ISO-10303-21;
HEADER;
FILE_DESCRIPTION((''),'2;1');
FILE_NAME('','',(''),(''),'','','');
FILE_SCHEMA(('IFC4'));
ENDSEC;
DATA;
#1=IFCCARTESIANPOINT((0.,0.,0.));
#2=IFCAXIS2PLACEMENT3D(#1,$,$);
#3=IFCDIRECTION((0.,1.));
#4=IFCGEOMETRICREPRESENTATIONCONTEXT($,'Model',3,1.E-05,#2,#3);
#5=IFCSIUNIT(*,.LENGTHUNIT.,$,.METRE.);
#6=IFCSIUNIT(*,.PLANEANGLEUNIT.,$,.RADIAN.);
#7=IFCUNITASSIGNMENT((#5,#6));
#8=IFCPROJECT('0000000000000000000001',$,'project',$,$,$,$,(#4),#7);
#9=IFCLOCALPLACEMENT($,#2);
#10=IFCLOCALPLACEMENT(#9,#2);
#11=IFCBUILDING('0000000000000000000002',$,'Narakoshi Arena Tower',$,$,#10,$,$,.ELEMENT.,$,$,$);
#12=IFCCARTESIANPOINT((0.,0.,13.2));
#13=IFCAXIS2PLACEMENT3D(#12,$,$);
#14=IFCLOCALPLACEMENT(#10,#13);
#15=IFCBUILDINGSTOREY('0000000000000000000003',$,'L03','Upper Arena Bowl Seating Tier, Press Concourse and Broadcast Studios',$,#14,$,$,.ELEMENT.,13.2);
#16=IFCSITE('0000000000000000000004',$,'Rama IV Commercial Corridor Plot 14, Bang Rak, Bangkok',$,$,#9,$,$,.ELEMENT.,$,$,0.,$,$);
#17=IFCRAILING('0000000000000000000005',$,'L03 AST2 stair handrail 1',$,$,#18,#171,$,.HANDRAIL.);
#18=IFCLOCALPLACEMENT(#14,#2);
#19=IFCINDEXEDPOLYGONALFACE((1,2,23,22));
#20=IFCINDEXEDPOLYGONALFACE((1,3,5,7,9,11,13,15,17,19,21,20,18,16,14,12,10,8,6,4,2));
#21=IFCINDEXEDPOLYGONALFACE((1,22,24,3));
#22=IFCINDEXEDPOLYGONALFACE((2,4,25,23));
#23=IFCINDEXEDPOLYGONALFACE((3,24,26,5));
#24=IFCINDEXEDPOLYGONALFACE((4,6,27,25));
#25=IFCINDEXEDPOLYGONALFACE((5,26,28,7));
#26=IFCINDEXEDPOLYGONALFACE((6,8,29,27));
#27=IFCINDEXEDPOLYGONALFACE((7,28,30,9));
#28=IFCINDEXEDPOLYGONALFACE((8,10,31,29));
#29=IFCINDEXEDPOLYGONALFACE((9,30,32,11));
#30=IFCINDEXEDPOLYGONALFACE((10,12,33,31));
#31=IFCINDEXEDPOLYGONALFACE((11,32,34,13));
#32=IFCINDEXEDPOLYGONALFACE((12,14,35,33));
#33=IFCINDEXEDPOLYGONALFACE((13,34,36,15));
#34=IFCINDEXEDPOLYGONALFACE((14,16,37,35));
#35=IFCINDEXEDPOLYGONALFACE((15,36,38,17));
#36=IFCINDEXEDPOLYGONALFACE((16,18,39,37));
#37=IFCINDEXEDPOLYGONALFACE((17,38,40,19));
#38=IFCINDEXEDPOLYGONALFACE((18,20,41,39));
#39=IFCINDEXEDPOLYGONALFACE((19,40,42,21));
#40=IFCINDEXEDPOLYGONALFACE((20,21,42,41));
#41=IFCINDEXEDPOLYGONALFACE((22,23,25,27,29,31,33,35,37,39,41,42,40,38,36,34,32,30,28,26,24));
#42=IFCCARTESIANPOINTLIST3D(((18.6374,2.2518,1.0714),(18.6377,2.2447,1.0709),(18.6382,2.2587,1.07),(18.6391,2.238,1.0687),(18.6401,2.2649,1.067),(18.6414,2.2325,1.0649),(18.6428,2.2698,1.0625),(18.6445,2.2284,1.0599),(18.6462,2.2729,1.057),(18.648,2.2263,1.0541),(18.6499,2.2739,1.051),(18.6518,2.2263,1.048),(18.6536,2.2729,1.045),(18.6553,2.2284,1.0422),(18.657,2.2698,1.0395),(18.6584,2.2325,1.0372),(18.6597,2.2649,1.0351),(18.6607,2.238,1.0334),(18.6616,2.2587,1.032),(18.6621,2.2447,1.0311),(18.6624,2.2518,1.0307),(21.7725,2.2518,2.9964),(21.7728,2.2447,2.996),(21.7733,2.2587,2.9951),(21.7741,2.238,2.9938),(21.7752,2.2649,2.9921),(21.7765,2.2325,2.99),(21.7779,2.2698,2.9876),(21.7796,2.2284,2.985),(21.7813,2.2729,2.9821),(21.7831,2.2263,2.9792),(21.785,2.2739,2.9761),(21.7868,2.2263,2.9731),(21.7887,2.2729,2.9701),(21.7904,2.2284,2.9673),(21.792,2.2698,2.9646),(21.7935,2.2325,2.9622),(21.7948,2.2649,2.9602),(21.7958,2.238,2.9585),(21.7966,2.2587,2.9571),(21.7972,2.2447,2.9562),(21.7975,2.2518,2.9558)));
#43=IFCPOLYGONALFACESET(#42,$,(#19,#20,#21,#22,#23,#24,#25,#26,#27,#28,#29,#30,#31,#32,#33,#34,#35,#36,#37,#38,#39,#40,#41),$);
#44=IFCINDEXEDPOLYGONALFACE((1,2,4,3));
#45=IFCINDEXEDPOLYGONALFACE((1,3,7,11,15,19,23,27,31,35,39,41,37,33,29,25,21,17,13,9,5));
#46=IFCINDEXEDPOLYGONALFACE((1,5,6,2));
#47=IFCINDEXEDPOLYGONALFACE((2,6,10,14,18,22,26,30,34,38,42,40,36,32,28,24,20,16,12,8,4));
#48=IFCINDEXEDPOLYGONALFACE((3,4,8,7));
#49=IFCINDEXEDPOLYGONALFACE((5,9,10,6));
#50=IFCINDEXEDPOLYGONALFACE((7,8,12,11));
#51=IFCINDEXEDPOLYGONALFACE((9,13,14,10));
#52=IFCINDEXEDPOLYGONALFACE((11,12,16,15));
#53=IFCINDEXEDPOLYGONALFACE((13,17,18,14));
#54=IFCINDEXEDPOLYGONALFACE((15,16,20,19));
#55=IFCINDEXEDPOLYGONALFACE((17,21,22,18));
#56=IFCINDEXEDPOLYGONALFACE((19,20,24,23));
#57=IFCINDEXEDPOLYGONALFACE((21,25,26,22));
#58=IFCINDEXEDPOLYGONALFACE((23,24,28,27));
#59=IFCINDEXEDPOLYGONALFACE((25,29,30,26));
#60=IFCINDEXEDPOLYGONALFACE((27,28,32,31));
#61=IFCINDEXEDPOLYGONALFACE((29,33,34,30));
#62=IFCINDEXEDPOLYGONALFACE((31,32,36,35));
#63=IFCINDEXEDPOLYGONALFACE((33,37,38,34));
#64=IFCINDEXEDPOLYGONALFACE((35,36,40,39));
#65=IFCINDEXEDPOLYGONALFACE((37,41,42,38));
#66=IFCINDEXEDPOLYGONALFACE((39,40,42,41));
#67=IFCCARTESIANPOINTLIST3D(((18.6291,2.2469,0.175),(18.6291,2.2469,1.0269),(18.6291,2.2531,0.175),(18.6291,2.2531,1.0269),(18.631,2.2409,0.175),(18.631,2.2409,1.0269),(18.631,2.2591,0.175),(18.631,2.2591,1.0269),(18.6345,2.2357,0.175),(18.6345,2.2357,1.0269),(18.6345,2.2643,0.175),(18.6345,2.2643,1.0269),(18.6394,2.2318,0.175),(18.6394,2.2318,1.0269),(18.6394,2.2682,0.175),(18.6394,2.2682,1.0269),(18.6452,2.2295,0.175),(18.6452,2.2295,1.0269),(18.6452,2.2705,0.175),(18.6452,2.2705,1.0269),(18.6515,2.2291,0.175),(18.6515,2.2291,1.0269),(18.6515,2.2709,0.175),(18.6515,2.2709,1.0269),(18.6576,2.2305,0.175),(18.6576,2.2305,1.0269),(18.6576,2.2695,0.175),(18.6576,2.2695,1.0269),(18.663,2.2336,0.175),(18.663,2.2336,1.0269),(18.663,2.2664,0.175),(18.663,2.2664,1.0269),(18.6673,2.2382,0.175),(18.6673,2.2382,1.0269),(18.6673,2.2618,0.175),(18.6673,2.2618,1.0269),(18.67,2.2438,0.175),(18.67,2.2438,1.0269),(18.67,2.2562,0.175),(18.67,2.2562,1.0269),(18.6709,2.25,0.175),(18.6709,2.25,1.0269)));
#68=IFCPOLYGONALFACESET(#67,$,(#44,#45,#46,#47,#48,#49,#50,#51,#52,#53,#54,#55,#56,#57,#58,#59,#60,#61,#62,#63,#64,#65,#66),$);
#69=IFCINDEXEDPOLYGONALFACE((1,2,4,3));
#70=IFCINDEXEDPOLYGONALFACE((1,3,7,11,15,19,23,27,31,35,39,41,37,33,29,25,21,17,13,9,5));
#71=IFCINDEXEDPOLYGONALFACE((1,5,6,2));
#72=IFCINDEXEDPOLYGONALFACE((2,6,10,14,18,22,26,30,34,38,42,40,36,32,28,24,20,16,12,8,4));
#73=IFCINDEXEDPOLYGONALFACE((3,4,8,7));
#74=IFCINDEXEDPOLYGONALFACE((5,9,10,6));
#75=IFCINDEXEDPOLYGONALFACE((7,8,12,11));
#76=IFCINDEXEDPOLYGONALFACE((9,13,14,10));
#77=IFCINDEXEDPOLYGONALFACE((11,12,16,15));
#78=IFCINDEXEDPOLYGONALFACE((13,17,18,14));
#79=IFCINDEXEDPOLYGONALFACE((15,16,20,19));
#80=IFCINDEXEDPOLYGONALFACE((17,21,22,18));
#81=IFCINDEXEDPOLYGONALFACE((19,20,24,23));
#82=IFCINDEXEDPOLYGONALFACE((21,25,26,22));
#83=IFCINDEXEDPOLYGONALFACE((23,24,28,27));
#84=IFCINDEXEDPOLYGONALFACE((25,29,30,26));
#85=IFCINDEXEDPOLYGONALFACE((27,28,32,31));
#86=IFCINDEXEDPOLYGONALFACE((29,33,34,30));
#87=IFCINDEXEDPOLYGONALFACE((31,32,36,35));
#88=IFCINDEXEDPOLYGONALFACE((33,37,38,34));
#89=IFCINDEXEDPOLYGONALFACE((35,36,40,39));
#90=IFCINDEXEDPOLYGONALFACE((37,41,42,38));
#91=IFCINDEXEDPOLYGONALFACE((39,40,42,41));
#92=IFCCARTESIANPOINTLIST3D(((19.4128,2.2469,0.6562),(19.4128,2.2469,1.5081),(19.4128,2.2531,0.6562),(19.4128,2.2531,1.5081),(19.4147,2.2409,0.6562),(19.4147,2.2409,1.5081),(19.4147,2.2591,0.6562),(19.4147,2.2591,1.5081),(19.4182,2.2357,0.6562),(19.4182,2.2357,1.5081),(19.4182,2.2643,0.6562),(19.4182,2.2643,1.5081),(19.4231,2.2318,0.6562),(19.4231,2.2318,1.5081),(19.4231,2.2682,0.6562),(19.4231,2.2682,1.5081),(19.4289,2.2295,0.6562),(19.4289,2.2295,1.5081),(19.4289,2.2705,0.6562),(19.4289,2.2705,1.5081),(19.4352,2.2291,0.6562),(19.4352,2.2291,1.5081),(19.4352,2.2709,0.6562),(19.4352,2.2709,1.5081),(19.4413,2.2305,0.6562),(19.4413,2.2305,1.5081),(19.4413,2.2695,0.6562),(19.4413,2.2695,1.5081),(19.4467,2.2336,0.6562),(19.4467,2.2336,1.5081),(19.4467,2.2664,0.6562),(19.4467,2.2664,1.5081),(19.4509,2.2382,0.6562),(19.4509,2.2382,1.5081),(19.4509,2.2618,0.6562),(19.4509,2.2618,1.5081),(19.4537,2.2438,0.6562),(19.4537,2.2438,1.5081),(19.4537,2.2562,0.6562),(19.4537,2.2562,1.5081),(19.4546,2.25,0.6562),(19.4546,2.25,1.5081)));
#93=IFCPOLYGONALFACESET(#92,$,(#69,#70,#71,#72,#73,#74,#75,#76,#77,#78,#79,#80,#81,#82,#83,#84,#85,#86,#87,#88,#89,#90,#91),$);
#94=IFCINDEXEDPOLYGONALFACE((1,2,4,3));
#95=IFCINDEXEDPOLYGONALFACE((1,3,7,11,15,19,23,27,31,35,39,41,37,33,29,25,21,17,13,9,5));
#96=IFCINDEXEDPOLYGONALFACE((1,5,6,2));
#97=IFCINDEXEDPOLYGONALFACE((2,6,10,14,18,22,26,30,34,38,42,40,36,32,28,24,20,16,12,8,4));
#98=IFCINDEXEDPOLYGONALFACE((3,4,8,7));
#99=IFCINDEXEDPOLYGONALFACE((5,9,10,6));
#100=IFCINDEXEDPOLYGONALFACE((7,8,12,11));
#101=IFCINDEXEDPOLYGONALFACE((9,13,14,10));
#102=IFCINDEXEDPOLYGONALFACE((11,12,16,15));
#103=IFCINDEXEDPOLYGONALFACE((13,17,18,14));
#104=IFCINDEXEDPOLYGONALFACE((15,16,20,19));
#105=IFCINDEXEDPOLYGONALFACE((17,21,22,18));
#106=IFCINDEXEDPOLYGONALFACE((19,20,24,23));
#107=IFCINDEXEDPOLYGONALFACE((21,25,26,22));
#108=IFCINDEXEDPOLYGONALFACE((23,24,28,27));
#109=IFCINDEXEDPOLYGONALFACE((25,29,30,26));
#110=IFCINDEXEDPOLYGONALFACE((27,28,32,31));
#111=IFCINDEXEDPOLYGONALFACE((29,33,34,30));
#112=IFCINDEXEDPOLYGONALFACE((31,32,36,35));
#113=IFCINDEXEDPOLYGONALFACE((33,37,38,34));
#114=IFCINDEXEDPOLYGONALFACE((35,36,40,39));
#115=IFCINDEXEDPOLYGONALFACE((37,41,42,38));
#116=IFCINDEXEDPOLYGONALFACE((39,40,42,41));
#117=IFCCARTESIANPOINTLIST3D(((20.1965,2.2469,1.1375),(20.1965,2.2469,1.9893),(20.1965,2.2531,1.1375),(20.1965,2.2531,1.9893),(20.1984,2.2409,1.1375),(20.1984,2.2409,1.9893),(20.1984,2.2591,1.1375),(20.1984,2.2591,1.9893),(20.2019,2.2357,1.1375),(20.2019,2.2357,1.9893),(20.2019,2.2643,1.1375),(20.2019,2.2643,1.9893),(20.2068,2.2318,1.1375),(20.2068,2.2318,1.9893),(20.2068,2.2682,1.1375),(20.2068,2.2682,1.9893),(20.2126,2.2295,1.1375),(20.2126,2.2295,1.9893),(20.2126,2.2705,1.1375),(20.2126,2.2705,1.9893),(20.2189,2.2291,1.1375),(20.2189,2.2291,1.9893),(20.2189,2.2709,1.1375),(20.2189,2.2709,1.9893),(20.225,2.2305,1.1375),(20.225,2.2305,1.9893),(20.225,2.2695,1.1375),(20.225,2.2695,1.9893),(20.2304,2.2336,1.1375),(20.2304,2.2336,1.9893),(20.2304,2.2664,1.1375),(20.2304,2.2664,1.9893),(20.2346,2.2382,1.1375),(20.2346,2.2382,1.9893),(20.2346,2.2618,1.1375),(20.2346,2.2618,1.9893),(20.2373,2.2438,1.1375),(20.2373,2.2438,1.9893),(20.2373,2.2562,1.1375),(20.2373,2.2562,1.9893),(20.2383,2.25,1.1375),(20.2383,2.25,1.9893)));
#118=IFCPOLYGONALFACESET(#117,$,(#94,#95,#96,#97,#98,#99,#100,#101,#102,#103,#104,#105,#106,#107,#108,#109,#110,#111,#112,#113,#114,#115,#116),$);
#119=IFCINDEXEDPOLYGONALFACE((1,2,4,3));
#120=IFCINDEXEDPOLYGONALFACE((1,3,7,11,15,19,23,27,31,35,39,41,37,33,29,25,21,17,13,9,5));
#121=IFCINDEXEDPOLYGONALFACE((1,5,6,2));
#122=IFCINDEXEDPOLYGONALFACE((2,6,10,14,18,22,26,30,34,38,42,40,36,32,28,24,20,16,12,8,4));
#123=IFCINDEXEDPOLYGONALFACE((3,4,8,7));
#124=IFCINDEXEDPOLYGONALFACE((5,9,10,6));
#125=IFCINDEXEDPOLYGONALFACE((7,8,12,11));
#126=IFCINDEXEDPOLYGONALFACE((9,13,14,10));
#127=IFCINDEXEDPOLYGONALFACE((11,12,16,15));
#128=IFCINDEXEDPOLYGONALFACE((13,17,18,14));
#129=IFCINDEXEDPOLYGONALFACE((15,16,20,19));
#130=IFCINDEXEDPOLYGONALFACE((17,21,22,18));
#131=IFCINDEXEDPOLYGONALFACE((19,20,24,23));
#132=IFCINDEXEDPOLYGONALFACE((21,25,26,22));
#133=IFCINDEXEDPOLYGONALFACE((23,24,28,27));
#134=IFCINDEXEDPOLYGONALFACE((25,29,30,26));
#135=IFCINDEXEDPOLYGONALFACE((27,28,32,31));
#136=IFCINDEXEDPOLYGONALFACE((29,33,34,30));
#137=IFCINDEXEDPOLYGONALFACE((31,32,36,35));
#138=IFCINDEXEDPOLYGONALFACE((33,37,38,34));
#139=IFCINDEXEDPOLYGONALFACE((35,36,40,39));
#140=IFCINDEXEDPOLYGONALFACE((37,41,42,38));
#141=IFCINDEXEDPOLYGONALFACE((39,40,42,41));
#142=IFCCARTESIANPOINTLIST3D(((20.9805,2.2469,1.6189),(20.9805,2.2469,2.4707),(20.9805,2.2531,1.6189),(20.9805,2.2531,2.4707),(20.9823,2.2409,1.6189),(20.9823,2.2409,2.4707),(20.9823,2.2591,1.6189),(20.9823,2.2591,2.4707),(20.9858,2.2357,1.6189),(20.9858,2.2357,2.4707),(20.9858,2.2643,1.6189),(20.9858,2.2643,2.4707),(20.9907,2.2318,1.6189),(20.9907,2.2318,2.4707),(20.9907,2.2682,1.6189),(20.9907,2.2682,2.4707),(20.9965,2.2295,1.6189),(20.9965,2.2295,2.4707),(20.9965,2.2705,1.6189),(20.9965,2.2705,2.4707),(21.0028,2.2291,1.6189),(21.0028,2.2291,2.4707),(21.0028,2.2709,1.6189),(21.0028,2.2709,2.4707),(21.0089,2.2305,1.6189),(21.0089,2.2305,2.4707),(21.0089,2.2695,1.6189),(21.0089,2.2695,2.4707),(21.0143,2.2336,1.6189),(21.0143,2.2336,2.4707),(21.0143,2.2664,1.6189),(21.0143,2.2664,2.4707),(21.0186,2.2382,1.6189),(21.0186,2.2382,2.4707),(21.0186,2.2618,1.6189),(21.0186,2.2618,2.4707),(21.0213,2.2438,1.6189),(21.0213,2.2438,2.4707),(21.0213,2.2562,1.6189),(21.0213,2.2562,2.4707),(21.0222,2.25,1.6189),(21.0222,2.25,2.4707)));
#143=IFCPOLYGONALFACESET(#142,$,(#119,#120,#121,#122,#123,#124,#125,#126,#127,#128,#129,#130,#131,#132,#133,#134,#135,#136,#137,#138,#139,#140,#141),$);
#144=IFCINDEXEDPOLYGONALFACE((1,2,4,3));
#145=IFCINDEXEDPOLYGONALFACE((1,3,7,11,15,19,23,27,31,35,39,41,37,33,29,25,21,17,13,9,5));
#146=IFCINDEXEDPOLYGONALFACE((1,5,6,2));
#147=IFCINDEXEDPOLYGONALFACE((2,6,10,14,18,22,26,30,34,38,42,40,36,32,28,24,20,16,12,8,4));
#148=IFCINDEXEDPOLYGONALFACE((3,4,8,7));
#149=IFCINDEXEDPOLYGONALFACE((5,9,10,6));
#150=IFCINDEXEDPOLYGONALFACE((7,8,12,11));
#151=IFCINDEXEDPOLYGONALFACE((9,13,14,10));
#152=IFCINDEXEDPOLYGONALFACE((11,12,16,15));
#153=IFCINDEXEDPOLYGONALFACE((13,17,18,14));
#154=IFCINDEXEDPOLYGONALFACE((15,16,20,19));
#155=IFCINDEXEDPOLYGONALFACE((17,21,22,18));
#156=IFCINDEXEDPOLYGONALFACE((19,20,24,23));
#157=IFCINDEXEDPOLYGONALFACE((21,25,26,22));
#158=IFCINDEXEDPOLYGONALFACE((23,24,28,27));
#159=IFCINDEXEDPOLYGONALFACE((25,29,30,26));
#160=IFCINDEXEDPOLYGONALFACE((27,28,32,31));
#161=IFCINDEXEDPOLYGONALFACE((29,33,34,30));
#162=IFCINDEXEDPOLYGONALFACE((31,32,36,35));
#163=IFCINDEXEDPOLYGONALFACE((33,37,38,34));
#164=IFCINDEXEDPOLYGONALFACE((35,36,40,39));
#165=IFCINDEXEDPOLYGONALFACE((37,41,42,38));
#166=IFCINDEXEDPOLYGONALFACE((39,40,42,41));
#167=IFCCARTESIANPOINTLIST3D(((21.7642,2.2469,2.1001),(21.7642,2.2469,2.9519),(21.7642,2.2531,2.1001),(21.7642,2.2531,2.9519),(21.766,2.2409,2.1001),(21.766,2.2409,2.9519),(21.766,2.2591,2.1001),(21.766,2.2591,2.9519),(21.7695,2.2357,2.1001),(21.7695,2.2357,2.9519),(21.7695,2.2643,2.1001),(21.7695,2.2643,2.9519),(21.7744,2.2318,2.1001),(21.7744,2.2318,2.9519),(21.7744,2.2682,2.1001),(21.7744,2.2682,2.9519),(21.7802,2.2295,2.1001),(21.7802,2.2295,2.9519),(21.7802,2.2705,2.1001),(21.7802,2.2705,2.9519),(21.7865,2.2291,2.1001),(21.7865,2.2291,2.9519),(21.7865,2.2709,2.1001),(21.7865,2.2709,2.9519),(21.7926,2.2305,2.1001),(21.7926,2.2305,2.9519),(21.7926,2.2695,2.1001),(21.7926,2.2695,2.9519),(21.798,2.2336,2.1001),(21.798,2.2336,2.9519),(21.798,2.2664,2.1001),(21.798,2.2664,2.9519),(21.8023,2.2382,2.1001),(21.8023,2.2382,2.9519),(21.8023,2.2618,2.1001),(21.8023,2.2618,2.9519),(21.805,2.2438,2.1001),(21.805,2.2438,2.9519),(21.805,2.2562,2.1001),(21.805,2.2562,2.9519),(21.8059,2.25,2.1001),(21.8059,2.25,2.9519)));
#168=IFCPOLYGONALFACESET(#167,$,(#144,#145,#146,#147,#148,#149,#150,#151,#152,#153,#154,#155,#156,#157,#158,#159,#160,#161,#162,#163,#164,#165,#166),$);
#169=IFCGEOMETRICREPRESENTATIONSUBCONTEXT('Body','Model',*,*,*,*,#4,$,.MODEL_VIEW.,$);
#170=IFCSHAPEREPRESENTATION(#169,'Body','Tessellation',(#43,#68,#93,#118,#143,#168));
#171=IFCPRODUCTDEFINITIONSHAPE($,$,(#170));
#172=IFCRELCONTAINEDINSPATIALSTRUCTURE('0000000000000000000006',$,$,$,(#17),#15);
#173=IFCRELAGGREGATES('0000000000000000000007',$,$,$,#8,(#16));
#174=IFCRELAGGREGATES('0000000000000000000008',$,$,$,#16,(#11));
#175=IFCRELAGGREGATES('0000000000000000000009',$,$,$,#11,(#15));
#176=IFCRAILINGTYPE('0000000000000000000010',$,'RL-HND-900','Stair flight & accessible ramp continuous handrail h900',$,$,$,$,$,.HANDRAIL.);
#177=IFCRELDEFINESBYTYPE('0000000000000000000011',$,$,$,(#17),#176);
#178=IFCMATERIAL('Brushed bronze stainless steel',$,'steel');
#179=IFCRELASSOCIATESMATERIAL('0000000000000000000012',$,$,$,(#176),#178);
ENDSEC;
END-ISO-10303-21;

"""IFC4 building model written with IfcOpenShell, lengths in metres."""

from ifc_helpers import new_model, si_unit, direction, frame, origin, origin_2d, place, context, subcontext, project, spatial, circle, extrude, material, type_object, element, save


model = new_model("IFC4")

# Units and contexts
model_context = context("Model", 3, precision=1e-05, world=origin(), true_north=direction((0.0, 1.0)))
body_context = subcontext(model_context, "Body", "Model", "MODEL_VIEW")
ifc_project = project(units=[si_unit("LENGTHUNIT", "METRE"), si_unit("PLANEANGLEUNIT", "RADIAN")], contexts=[model_context])

# Site, building, storey
site_placement = place(None, origin())
site = spatial("IfcSite", under=ifc_project, at=site_placement, Name="Rama IV Commercial Corridor Plot 14, Bang Rak, Bangkok", CompositionType="ELEMENT", RefElevation=0.0)
building_placement = place(site_placement, origin())
building = spatial("IfcBuilding", under=site, at=building_placement, Name="Narakoshi Arena Tower", CompositionType="ELEMENT")
storey_placement = place(building_placement, frame((0.0, 0.0, 13.2)))
storey = spatial("IfcBuildingStorey", under=building, at=storey_placement, Name="L03", Description="Upper Arena Bowl Seating Tier, Press Concourse and Broadcast Studios", CompositionType="ELEMENT", Elevation=13.2)

# Railing
ifc_material_1 = material(Name="Brushed bronze stainless steel", Category="steel")
railing_type_1 = type_object("IfcRailingType", Name="RL-HND-900", Description="Stair flight & accessible ramp continuous handrail h900", PredefinedType="HANDRAIL", material=ifc_material_1)
for number, where, name in (
    (1, (18.6499, 2.25, 0.175), "L03 AST2 stair handrail 1"),
):
    element("IfcRailing", number, at=place(storey_placement, frame(where)), inside=storey, type_object=railing_type_1, Name=name, PredefinedType="HANDRAIL", context=body_context, shape_type="SweptSolid", body=[
        extrude(circle(Radius=0.0239, at=origin_2d()), frame((0.0, 0.0, 0.876), z_axis=(0.852166, 0.0, 0.523271), x_axis=(0.0, 1.0, 0.0)), (0.0, 0.0, 1.0), 3.679),
        extrude(circle(Radius=0.021, at=origin_2d()), origin(), (0.0, 0.0, 1.0), 0.8518),
        extrude(circle(Radius=0.021, at=origin_2d()), frame((0.7837, 0.0, 0.4812)), (0.0, 0.0, 1.0), 0.8518),
        extrude(circle(Radius=0.021, at=origin_2d()), frame((1.5674, 0.0, 0.9624)), (0.0, 0.0, 1.0), 0.8518),
        extrude(circle(Radius=0.021, at=origin_2d()), frame((2.3513, 0.0, 1.4438)), (0.0, 0.0, 1.0), 0.8518),
        extrude(circle(Radius=0.021, at=origin_2d()), frame((3.135, 0.0, 1.925)), (0.0, 0.0, 1.0), 0.8518),
    ])

save(model, "model.ifc")
